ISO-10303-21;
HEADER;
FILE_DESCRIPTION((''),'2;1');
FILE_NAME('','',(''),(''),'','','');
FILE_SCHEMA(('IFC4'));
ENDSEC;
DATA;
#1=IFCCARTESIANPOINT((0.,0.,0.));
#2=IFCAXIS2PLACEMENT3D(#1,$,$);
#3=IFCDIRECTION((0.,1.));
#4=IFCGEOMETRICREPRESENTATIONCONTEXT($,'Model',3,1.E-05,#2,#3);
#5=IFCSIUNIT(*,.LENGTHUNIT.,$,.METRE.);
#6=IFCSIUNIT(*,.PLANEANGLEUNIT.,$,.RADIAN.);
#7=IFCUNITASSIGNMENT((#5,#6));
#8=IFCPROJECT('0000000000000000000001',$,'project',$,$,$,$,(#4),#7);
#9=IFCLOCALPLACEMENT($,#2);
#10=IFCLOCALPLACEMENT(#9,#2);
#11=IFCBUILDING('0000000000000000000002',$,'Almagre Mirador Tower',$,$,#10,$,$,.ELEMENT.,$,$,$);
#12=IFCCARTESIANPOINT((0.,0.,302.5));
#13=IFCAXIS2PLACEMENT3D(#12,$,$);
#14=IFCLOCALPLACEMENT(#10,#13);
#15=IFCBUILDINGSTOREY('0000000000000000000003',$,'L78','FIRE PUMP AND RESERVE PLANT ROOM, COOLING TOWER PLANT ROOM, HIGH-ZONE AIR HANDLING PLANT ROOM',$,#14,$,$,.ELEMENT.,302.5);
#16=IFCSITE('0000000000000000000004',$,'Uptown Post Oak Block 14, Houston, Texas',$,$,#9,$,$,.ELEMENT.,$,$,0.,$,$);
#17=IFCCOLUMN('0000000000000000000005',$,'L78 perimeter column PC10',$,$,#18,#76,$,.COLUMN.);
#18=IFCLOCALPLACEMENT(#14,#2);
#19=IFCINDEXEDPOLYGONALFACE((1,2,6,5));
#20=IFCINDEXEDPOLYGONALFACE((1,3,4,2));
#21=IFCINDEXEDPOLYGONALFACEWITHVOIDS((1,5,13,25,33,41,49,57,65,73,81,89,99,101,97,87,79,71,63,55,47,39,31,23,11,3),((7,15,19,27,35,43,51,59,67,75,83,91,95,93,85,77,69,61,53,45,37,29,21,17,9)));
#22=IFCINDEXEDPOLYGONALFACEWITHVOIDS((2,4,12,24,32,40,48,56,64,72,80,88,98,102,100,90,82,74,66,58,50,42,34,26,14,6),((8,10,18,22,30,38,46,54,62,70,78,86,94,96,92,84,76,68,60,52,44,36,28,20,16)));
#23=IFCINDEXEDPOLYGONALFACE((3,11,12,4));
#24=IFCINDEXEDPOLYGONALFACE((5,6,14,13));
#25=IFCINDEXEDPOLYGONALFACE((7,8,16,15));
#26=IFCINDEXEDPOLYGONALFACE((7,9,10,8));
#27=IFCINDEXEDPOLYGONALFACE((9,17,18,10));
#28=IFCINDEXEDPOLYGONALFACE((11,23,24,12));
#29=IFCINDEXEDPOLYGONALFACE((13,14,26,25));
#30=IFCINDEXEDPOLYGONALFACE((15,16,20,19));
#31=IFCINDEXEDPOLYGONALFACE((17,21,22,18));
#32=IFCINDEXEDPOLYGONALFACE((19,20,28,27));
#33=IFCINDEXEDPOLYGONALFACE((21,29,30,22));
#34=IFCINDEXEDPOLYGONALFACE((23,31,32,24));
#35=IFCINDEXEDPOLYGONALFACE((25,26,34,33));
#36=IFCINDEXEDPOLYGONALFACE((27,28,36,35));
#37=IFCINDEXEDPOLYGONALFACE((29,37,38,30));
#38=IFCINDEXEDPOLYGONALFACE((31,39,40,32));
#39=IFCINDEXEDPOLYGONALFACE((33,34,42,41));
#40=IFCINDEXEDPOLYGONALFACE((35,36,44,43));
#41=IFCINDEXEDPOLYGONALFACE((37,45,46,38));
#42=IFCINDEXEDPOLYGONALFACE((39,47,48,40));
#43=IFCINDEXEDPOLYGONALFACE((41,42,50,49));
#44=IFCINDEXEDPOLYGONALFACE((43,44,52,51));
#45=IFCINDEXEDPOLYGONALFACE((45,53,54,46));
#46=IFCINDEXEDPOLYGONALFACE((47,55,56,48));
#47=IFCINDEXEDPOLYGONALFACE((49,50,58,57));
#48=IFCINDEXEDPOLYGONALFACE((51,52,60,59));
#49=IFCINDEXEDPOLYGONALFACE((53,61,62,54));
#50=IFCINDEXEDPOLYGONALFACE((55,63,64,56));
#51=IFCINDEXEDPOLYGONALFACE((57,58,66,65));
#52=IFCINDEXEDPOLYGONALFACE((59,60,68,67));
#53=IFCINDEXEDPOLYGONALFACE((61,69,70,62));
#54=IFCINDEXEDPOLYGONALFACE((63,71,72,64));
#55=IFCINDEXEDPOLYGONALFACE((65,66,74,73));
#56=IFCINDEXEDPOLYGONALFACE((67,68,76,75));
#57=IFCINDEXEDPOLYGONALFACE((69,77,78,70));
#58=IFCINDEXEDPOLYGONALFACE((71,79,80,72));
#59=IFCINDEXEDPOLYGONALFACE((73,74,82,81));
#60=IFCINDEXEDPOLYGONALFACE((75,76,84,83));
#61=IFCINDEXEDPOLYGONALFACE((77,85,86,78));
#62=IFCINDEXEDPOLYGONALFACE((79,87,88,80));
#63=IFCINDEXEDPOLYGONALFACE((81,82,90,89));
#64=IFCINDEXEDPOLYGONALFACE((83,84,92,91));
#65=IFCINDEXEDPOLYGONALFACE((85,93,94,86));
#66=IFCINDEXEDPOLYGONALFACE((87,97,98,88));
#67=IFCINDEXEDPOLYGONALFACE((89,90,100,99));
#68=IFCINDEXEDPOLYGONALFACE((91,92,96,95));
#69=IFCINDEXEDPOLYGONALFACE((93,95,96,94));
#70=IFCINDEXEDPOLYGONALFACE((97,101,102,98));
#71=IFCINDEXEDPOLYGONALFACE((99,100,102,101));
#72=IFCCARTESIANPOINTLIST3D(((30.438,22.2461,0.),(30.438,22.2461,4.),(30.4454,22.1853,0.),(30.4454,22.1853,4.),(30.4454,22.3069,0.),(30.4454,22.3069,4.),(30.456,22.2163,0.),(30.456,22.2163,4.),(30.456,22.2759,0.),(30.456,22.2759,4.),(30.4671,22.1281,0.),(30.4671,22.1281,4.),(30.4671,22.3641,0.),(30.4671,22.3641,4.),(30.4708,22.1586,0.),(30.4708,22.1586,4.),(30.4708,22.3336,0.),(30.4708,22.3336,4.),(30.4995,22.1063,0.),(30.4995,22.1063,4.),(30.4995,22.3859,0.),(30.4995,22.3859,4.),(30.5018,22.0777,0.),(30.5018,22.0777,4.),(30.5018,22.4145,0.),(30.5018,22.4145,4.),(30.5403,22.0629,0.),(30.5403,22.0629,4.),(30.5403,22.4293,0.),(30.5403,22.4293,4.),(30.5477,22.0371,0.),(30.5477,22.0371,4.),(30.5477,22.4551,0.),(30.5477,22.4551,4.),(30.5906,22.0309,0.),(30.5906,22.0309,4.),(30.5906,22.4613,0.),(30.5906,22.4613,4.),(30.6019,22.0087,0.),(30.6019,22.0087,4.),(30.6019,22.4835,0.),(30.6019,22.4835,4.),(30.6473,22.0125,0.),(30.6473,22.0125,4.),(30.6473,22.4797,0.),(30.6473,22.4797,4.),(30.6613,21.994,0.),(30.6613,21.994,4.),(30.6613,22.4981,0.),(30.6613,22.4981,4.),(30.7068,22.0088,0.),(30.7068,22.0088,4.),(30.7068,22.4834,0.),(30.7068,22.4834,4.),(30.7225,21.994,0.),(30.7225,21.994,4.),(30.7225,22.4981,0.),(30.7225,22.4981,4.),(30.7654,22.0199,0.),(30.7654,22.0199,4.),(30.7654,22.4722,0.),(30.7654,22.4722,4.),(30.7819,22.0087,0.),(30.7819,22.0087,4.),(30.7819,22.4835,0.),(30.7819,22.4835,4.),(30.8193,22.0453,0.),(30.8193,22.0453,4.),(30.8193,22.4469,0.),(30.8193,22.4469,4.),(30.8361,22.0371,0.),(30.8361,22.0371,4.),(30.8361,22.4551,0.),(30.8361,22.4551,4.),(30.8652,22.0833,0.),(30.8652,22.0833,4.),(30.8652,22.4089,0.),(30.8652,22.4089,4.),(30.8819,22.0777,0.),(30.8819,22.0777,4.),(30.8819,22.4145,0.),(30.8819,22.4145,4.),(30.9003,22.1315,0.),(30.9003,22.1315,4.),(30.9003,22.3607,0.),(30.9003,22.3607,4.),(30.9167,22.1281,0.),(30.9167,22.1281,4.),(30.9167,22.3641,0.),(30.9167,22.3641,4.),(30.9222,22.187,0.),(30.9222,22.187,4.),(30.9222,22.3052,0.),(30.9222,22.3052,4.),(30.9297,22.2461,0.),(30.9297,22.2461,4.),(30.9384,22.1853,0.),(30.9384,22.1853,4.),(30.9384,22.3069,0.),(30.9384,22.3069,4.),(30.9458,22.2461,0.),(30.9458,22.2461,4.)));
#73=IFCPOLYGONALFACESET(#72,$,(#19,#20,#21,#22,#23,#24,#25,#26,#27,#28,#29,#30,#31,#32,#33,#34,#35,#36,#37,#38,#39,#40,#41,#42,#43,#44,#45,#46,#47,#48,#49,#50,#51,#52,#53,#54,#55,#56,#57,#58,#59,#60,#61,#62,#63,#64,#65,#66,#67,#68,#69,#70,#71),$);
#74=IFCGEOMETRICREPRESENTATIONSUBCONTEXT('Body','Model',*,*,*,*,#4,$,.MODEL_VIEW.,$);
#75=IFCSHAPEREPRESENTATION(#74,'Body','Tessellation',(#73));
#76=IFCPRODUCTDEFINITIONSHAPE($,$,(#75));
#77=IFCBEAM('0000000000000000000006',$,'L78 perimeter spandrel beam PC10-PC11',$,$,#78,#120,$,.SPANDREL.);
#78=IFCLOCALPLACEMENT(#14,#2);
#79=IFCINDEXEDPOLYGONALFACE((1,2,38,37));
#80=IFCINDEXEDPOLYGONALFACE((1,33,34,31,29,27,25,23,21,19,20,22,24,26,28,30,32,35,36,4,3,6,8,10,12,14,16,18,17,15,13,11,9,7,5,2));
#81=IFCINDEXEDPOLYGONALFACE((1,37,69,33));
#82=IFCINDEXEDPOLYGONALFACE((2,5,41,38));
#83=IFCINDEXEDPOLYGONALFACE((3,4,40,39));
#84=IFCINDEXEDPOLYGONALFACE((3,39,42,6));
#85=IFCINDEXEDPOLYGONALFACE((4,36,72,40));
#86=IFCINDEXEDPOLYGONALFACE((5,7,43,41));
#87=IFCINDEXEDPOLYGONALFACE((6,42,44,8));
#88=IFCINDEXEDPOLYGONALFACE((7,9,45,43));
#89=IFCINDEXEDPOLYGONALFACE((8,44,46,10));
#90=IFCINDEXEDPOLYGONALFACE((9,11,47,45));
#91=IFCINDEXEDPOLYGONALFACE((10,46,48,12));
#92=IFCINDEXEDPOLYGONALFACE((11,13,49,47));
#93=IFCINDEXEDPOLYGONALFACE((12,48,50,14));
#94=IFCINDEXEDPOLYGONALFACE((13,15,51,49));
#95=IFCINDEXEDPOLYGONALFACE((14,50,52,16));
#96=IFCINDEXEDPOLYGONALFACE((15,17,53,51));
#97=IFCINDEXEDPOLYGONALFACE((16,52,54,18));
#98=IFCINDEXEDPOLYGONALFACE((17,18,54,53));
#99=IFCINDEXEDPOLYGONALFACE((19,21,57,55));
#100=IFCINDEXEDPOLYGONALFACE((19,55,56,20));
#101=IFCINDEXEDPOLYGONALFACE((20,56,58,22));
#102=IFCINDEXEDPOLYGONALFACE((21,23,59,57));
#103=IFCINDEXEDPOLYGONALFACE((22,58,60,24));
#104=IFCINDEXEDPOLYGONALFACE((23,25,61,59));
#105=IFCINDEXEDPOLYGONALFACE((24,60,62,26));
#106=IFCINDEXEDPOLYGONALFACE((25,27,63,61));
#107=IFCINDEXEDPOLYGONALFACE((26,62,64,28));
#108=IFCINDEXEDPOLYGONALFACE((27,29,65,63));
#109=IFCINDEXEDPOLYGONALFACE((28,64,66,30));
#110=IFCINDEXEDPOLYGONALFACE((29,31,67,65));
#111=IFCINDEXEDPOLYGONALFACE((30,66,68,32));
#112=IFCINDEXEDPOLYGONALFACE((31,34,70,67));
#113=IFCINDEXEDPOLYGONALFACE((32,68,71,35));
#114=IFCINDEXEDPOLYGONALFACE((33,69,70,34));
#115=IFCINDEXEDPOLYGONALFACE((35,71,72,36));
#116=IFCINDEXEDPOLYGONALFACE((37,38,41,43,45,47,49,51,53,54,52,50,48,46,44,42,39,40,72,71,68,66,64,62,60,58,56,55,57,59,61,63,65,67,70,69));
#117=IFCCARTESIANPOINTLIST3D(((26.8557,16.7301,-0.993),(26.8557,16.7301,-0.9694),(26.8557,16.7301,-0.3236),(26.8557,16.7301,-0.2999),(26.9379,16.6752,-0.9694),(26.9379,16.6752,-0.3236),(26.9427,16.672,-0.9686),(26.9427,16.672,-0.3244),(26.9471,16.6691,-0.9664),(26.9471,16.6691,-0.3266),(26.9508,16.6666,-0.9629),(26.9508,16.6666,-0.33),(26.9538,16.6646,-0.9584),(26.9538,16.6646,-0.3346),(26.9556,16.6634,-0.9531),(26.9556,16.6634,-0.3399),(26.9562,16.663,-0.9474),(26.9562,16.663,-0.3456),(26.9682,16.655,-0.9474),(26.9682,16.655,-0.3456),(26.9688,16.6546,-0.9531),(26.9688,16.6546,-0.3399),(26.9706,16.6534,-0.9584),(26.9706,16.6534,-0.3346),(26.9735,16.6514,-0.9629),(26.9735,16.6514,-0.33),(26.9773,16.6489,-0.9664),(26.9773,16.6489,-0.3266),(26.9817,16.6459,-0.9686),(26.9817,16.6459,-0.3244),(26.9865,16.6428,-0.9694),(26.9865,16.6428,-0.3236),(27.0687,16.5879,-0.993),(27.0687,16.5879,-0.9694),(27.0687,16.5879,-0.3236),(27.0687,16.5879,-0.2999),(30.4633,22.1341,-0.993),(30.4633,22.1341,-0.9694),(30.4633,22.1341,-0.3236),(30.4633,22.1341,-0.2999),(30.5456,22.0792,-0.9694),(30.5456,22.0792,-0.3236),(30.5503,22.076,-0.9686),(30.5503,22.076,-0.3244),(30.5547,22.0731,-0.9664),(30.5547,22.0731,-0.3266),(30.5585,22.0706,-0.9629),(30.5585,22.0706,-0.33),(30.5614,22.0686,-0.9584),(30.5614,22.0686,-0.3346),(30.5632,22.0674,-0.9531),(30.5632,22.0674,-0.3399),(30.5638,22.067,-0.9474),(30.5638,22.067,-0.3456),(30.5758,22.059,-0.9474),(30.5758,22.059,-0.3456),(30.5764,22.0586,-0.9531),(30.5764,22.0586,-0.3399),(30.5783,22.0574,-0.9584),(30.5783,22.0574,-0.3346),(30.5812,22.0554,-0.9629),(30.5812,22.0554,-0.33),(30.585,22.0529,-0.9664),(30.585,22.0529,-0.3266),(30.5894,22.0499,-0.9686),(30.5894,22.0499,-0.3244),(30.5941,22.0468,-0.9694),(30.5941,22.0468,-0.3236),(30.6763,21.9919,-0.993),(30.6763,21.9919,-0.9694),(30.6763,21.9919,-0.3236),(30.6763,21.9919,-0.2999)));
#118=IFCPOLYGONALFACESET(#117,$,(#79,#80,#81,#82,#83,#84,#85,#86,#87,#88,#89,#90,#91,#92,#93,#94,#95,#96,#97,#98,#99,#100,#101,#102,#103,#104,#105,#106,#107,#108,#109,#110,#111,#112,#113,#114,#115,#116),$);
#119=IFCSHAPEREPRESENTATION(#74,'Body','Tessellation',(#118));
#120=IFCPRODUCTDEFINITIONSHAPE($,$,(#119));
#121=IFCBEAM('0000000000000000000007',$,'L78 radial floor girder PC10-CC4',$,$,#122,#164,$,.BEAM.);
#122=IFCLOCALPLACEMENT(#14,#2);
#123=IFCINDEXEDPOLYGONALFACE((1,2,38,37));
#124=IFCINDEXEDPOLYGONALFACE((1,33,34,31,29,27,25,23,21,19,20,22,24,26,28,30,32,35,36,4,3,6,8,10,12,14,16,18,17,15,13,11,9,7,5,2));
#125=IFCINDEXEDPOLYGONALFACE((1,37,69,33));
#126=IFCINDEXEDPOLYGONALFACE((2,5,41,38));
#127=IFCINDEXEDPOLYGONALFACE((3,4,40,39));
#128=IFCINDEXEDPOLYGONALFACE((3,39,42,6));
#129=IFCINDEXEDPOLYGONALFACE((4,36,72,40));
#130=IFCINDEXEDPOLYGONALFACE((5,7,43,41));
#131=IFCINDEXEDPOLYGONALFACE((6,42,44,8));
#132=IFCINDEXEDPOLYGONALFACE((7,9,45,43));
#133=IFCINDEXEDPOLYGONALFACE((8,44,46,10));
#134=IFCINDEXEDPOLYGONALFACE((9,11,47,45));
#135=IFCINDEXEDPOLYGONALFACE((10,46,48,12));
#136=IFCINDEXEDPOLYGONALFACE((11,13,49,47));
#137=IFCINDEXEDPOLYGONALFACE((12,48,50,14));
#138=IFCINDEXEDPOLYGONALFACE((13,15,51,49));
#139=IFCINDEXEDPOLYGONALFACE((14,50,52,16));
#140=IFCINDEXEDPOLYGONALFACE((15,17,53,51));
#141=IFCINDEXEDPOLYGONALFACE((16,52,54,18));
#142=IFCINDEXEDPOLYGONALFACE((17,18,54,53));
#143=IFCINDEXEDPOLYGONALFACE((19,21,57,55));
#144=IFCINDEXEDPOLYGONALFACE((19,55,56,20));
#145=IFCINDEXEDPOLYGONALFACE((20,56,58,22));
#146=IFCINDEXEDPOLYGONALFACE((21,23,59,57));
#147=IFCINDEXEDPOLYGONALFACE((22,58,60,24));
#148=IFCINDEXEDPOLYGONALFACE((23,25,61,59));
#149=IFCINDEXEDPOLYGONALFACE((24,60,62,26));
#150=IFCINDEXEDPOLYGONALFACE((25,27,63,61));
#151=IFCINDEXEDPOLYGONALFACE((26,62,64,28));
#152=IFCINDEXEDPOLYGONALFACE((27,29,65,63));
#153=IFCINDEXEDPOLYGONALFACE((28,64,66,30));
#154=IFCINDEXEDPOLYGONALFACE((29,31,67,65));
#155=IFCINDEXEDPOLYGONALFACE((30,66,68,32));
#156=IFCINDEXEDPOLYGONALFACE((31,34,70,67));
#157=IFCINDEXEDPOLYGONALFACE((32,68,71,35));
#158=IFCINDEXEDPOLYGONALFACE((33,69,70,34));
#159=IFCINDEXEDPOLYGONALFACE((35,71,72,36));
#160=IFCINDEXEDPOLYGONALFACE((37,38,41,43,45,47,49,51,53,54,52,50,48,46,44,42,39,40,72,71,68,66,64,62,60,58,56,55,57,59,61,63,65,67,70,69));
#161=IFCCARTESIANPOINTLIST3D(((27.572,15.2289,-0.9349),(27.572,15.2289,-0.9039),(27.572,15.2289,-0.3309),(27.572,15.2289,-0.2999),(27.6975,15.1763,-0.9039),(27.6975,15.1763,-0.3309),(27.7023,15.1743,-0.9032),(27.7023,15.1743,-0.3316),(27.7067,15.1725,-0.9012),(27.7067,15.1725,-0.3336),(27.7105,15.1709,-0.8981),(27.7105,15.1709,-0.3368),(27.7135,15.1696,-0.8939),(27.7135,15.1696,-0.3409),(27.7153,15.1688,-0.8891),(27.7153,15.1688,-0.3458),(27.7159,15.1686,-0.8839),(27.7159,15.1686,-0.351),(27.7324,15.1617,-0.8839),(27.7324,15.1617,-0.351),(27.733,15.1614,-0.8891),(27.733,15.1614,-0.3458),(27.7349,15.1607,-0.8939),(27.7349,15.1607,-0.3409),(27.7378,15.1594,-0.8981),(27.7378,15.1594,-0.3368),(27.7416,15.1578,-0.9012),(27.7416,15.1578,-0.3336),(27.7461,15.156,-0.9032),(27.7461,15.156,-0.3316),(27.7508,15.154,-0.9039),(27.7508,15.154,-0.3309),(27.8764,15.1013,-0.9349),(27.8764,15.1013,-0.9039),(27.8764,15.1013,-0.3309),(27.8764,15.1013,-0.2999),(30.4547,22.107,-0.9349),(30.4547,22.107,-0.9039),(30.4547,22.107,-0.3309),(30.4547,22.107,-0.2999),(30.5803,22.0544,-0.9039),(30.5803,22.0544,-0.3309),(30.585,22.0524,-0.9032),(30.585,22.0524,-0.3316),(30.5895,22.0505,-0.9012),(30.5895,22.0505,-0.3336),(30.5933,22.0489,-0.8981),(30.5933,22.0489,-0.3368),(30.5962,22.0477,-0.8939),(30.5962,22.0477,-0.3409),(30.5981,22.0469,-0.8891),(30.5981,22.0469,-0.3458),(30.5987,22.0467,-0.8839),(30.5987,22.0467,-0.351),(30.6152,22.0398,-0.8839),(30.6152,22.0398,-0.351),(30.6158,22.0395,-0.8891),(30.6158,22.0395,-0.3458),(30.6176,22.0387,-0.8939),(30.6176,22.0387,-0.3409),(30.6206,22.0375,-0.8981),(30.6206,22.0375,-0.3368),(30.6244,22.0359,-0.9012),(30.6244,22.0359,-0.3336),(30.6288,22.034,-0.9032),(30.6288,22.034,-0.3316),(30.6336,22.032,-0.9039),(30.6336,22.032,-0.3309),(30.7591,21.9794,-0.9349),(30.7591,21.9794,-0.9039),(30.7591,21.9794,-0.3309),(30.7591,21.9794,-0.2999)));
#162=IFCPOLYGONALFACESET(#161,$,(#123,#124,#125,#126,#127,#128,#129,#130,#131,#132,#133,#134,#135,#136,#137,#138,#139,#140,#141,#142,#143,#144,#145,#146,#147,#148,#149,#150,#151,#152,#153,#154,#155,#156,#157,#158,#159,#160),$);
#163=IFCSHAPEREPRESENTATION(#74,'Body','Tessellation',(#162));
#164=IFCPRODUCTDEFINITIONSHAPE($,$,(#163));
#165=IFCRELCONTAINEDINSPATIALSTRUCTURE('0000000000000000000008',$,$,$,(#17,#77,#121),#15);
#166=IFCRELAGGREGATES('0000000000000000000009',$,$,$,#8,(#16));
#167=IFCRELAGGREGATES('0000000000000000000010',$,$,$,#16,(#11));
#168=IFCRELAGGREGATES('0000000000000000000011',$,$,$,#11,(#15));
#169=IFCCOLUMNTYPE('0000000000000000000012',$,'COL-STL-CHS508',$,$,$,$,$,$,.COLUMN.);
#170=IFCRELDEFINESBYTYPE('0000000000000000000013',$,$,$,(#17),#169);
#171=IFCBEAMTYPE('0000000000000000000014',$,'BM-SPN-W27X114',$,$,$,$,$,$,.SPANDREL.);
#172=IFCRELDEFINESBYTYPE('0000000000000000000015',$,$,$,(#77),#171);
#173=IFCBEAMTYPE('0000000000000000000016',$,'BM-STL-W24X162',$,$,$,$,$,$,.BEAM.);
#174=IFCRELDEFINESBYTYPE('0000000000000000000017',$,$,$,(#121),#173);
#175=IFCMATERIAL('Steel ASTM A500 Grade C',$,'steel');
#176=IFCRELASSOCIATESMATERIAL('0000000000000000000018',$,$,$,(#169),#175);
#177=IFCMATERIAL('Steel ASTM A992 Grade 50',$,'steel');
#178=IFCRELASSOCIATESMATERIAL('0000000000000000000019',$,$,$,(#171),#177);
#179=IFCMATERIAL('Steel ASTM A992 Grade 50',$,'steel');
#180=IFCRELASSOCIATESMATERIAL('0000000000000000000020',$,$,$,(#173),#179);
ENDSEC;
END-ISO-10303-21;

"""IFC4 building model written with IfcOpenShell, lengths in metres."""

from ifc_helpers import new_model, si_unit, direction, frame, origin, origin_2d, place, context, subcontext, project, spatial, hollow_circle, i_section, extrude, material, material_profile, profile_set, type_object, element, save


model = new_model("IFC4")

# Units and contexts
model_context = context("Model", 3, precision=1e-05, world=origin(), true_north=direction((0.0, 1.0)))
body_context = subcontext(model_context, "Body", "Model", "MODEL_VIEW")
ifc_project = project(units=[si_unit("LENGTHUNIT", "METRE"), si_unit("PLANEANGLEUNIT", "RADIAN")], contexts=[model_context])

# Site, building, storey
site_placement = place(None, origin())
site = spatial("IfcSite", under=ifc_project, at=site_placement, Name="Uptown Post Oak Block 14, Houston, Texas", CompositionType="ELEMENT", RefElevation=0.0)
building_placement = place(site_placement, origin())
building = spatial("IfcBuilding", under=site, at=building_placement, Name="Almagre Mirador Tower", CompositionType="ELEMENT")
storey_placement = place(building_placement, frame((0.0, 0.0, 302.5)))
storey = spatial("IfcBuildingStorey", under=building, at=storey_placement, Name="L78", Description="FIRE PUMP AND RESERVE PLANT ROOM, COOLING TOWER PLANT ROOM, HIGH-ZONE AIR HANDLING PLANT ROOM", CompositionType="ELEMENT", Elevation=302.5)

# Column
ifc_material_1 = material(Name="Steel ASTM A500 Grade C", Category="steel")
ifc_material_profile_1 = material_profile(ifc_material_1, hollow_circle(Radius=0.2539, WallThickness=0.0161, at=origin_2d()), Name="CHS508X16")
ifc_profile_set_1 = profile_set([ifc_material_profile_1], Name="Steel ASTM A500 Grade C")
column_type = type_object("IfcColumnType", Name="COL-STL-CHS508", PredefinedType="COLUMN", material=ifc_profile_set_1)
column_placement = place(storey_placement, frame((30.6919, 22.2461, 0.0), z_axis=(0.0, 0.0, 1.0), x_axis=(1.0, 0.0, 0.0)))
element("IfcColumn", 1, at=column_placement, inside=storey, type_object=column_type, Name="L78 perimeter column PC10", PredefinedType="COLUMN", context=body_context, shape_type="SweptSolid", body=[
    extrude(hollow_circle(Radius=0.2539, WallThickness=0.0161, at=origin_2d()), origin(), (0.0, 0.0, 1.0), 4.0),
])

# Beams
ifc_material_2 = material(Name="Steel ASTM A992 Grade 50", Category="steel")
ifc_material_profile_2 = material_profile(ifc_material_2, i_section(OverallWidth=0.2561, OverallDepth=0.6931, WebThickness=0.0144, FlangeThickness=0.0237, FilletRadius=0.022, at=origin_2d()), Name="W27X114")
ifc_profile_set_2 = profile_set([ifc_material_profile_2], Name="Steel ASTM A992 Grade 50")
beam_type_1 = type_object("IfcBeamType", Name="BM-SPN-W27X114", PredefinedType="SPANDREL", material=ifc_profile_set_2)
beam_1_placement = place(storey_placement, frame((30.5698, 22.063, -0.6465), z_axis=(-0.555229, -0.831698, 0.0), x_axis=(0.831698, -0.555229, 0.0)))
element("IfcBeam", 2, at=beam_1_placement, inside=storey, type_object=beam_type_1, Name="L78 perimeter spandrel beam PC10-PC11", PredefinedType="SPANDREL", context=body_context, shape_type="SweptSolid", body=[
    extrude(i_section(OverallWidth=0.2561, OverallDepth=0.6931, WebThickness=0.0144, FlangeThickness=0.0237, FilletRadius=0.022, at=origin_2d()), origin(), (0.0, 0.0, 1.0), 6.4976),
])
ifc_material_3 = material(Name="Steel ASTM A992 Grade 50", Category="steel")
ifc_material_profile_3 = material_profile(ifc_material_3, i_section(OverallWidth=0.3301, OverallDepth=0.635, WebThickness=0.0178, FlangeThickness=0.031, FilletRadius=0.02, at=origin_2d()), Name="W24X162")
ifc_profile_set_3 = profile_set([ifc_material_profile_3], Name="Steel ASTM A992 Grade 50")
beam_type_2 = type_object("IfcBeamType", Name="BM-STL-W24X162", PredefinedType="BEAM", material=ifc_profile_set_3)
beam_2_placement = place(storey_placement, frame((30.6069, 22.0432, -0.6174), z_axis=(-0.386546, -0.92227, 0.0), x_axis=(0.92227, -0.386546, 0.0)))
element("IfcBeam", 3, at=beam_2_placement, inside=storey, type_object=beam_type_2, Name="L78 radial floor girder PC10-CC4", PredefinedType="BEAM", context=body_context, shape_type="SweptSolid", body=[
    extrude(i_section(OverallWidth=0.3301, OverallDepth=0.635, WebThickness=0.0178, FlangeThickness=0.031, FilletRadius=0.02, at=origin_2d()), origin(), (0.0, 0.0, 1.0), 7.4578),
])

save(model, "model.ifc")
